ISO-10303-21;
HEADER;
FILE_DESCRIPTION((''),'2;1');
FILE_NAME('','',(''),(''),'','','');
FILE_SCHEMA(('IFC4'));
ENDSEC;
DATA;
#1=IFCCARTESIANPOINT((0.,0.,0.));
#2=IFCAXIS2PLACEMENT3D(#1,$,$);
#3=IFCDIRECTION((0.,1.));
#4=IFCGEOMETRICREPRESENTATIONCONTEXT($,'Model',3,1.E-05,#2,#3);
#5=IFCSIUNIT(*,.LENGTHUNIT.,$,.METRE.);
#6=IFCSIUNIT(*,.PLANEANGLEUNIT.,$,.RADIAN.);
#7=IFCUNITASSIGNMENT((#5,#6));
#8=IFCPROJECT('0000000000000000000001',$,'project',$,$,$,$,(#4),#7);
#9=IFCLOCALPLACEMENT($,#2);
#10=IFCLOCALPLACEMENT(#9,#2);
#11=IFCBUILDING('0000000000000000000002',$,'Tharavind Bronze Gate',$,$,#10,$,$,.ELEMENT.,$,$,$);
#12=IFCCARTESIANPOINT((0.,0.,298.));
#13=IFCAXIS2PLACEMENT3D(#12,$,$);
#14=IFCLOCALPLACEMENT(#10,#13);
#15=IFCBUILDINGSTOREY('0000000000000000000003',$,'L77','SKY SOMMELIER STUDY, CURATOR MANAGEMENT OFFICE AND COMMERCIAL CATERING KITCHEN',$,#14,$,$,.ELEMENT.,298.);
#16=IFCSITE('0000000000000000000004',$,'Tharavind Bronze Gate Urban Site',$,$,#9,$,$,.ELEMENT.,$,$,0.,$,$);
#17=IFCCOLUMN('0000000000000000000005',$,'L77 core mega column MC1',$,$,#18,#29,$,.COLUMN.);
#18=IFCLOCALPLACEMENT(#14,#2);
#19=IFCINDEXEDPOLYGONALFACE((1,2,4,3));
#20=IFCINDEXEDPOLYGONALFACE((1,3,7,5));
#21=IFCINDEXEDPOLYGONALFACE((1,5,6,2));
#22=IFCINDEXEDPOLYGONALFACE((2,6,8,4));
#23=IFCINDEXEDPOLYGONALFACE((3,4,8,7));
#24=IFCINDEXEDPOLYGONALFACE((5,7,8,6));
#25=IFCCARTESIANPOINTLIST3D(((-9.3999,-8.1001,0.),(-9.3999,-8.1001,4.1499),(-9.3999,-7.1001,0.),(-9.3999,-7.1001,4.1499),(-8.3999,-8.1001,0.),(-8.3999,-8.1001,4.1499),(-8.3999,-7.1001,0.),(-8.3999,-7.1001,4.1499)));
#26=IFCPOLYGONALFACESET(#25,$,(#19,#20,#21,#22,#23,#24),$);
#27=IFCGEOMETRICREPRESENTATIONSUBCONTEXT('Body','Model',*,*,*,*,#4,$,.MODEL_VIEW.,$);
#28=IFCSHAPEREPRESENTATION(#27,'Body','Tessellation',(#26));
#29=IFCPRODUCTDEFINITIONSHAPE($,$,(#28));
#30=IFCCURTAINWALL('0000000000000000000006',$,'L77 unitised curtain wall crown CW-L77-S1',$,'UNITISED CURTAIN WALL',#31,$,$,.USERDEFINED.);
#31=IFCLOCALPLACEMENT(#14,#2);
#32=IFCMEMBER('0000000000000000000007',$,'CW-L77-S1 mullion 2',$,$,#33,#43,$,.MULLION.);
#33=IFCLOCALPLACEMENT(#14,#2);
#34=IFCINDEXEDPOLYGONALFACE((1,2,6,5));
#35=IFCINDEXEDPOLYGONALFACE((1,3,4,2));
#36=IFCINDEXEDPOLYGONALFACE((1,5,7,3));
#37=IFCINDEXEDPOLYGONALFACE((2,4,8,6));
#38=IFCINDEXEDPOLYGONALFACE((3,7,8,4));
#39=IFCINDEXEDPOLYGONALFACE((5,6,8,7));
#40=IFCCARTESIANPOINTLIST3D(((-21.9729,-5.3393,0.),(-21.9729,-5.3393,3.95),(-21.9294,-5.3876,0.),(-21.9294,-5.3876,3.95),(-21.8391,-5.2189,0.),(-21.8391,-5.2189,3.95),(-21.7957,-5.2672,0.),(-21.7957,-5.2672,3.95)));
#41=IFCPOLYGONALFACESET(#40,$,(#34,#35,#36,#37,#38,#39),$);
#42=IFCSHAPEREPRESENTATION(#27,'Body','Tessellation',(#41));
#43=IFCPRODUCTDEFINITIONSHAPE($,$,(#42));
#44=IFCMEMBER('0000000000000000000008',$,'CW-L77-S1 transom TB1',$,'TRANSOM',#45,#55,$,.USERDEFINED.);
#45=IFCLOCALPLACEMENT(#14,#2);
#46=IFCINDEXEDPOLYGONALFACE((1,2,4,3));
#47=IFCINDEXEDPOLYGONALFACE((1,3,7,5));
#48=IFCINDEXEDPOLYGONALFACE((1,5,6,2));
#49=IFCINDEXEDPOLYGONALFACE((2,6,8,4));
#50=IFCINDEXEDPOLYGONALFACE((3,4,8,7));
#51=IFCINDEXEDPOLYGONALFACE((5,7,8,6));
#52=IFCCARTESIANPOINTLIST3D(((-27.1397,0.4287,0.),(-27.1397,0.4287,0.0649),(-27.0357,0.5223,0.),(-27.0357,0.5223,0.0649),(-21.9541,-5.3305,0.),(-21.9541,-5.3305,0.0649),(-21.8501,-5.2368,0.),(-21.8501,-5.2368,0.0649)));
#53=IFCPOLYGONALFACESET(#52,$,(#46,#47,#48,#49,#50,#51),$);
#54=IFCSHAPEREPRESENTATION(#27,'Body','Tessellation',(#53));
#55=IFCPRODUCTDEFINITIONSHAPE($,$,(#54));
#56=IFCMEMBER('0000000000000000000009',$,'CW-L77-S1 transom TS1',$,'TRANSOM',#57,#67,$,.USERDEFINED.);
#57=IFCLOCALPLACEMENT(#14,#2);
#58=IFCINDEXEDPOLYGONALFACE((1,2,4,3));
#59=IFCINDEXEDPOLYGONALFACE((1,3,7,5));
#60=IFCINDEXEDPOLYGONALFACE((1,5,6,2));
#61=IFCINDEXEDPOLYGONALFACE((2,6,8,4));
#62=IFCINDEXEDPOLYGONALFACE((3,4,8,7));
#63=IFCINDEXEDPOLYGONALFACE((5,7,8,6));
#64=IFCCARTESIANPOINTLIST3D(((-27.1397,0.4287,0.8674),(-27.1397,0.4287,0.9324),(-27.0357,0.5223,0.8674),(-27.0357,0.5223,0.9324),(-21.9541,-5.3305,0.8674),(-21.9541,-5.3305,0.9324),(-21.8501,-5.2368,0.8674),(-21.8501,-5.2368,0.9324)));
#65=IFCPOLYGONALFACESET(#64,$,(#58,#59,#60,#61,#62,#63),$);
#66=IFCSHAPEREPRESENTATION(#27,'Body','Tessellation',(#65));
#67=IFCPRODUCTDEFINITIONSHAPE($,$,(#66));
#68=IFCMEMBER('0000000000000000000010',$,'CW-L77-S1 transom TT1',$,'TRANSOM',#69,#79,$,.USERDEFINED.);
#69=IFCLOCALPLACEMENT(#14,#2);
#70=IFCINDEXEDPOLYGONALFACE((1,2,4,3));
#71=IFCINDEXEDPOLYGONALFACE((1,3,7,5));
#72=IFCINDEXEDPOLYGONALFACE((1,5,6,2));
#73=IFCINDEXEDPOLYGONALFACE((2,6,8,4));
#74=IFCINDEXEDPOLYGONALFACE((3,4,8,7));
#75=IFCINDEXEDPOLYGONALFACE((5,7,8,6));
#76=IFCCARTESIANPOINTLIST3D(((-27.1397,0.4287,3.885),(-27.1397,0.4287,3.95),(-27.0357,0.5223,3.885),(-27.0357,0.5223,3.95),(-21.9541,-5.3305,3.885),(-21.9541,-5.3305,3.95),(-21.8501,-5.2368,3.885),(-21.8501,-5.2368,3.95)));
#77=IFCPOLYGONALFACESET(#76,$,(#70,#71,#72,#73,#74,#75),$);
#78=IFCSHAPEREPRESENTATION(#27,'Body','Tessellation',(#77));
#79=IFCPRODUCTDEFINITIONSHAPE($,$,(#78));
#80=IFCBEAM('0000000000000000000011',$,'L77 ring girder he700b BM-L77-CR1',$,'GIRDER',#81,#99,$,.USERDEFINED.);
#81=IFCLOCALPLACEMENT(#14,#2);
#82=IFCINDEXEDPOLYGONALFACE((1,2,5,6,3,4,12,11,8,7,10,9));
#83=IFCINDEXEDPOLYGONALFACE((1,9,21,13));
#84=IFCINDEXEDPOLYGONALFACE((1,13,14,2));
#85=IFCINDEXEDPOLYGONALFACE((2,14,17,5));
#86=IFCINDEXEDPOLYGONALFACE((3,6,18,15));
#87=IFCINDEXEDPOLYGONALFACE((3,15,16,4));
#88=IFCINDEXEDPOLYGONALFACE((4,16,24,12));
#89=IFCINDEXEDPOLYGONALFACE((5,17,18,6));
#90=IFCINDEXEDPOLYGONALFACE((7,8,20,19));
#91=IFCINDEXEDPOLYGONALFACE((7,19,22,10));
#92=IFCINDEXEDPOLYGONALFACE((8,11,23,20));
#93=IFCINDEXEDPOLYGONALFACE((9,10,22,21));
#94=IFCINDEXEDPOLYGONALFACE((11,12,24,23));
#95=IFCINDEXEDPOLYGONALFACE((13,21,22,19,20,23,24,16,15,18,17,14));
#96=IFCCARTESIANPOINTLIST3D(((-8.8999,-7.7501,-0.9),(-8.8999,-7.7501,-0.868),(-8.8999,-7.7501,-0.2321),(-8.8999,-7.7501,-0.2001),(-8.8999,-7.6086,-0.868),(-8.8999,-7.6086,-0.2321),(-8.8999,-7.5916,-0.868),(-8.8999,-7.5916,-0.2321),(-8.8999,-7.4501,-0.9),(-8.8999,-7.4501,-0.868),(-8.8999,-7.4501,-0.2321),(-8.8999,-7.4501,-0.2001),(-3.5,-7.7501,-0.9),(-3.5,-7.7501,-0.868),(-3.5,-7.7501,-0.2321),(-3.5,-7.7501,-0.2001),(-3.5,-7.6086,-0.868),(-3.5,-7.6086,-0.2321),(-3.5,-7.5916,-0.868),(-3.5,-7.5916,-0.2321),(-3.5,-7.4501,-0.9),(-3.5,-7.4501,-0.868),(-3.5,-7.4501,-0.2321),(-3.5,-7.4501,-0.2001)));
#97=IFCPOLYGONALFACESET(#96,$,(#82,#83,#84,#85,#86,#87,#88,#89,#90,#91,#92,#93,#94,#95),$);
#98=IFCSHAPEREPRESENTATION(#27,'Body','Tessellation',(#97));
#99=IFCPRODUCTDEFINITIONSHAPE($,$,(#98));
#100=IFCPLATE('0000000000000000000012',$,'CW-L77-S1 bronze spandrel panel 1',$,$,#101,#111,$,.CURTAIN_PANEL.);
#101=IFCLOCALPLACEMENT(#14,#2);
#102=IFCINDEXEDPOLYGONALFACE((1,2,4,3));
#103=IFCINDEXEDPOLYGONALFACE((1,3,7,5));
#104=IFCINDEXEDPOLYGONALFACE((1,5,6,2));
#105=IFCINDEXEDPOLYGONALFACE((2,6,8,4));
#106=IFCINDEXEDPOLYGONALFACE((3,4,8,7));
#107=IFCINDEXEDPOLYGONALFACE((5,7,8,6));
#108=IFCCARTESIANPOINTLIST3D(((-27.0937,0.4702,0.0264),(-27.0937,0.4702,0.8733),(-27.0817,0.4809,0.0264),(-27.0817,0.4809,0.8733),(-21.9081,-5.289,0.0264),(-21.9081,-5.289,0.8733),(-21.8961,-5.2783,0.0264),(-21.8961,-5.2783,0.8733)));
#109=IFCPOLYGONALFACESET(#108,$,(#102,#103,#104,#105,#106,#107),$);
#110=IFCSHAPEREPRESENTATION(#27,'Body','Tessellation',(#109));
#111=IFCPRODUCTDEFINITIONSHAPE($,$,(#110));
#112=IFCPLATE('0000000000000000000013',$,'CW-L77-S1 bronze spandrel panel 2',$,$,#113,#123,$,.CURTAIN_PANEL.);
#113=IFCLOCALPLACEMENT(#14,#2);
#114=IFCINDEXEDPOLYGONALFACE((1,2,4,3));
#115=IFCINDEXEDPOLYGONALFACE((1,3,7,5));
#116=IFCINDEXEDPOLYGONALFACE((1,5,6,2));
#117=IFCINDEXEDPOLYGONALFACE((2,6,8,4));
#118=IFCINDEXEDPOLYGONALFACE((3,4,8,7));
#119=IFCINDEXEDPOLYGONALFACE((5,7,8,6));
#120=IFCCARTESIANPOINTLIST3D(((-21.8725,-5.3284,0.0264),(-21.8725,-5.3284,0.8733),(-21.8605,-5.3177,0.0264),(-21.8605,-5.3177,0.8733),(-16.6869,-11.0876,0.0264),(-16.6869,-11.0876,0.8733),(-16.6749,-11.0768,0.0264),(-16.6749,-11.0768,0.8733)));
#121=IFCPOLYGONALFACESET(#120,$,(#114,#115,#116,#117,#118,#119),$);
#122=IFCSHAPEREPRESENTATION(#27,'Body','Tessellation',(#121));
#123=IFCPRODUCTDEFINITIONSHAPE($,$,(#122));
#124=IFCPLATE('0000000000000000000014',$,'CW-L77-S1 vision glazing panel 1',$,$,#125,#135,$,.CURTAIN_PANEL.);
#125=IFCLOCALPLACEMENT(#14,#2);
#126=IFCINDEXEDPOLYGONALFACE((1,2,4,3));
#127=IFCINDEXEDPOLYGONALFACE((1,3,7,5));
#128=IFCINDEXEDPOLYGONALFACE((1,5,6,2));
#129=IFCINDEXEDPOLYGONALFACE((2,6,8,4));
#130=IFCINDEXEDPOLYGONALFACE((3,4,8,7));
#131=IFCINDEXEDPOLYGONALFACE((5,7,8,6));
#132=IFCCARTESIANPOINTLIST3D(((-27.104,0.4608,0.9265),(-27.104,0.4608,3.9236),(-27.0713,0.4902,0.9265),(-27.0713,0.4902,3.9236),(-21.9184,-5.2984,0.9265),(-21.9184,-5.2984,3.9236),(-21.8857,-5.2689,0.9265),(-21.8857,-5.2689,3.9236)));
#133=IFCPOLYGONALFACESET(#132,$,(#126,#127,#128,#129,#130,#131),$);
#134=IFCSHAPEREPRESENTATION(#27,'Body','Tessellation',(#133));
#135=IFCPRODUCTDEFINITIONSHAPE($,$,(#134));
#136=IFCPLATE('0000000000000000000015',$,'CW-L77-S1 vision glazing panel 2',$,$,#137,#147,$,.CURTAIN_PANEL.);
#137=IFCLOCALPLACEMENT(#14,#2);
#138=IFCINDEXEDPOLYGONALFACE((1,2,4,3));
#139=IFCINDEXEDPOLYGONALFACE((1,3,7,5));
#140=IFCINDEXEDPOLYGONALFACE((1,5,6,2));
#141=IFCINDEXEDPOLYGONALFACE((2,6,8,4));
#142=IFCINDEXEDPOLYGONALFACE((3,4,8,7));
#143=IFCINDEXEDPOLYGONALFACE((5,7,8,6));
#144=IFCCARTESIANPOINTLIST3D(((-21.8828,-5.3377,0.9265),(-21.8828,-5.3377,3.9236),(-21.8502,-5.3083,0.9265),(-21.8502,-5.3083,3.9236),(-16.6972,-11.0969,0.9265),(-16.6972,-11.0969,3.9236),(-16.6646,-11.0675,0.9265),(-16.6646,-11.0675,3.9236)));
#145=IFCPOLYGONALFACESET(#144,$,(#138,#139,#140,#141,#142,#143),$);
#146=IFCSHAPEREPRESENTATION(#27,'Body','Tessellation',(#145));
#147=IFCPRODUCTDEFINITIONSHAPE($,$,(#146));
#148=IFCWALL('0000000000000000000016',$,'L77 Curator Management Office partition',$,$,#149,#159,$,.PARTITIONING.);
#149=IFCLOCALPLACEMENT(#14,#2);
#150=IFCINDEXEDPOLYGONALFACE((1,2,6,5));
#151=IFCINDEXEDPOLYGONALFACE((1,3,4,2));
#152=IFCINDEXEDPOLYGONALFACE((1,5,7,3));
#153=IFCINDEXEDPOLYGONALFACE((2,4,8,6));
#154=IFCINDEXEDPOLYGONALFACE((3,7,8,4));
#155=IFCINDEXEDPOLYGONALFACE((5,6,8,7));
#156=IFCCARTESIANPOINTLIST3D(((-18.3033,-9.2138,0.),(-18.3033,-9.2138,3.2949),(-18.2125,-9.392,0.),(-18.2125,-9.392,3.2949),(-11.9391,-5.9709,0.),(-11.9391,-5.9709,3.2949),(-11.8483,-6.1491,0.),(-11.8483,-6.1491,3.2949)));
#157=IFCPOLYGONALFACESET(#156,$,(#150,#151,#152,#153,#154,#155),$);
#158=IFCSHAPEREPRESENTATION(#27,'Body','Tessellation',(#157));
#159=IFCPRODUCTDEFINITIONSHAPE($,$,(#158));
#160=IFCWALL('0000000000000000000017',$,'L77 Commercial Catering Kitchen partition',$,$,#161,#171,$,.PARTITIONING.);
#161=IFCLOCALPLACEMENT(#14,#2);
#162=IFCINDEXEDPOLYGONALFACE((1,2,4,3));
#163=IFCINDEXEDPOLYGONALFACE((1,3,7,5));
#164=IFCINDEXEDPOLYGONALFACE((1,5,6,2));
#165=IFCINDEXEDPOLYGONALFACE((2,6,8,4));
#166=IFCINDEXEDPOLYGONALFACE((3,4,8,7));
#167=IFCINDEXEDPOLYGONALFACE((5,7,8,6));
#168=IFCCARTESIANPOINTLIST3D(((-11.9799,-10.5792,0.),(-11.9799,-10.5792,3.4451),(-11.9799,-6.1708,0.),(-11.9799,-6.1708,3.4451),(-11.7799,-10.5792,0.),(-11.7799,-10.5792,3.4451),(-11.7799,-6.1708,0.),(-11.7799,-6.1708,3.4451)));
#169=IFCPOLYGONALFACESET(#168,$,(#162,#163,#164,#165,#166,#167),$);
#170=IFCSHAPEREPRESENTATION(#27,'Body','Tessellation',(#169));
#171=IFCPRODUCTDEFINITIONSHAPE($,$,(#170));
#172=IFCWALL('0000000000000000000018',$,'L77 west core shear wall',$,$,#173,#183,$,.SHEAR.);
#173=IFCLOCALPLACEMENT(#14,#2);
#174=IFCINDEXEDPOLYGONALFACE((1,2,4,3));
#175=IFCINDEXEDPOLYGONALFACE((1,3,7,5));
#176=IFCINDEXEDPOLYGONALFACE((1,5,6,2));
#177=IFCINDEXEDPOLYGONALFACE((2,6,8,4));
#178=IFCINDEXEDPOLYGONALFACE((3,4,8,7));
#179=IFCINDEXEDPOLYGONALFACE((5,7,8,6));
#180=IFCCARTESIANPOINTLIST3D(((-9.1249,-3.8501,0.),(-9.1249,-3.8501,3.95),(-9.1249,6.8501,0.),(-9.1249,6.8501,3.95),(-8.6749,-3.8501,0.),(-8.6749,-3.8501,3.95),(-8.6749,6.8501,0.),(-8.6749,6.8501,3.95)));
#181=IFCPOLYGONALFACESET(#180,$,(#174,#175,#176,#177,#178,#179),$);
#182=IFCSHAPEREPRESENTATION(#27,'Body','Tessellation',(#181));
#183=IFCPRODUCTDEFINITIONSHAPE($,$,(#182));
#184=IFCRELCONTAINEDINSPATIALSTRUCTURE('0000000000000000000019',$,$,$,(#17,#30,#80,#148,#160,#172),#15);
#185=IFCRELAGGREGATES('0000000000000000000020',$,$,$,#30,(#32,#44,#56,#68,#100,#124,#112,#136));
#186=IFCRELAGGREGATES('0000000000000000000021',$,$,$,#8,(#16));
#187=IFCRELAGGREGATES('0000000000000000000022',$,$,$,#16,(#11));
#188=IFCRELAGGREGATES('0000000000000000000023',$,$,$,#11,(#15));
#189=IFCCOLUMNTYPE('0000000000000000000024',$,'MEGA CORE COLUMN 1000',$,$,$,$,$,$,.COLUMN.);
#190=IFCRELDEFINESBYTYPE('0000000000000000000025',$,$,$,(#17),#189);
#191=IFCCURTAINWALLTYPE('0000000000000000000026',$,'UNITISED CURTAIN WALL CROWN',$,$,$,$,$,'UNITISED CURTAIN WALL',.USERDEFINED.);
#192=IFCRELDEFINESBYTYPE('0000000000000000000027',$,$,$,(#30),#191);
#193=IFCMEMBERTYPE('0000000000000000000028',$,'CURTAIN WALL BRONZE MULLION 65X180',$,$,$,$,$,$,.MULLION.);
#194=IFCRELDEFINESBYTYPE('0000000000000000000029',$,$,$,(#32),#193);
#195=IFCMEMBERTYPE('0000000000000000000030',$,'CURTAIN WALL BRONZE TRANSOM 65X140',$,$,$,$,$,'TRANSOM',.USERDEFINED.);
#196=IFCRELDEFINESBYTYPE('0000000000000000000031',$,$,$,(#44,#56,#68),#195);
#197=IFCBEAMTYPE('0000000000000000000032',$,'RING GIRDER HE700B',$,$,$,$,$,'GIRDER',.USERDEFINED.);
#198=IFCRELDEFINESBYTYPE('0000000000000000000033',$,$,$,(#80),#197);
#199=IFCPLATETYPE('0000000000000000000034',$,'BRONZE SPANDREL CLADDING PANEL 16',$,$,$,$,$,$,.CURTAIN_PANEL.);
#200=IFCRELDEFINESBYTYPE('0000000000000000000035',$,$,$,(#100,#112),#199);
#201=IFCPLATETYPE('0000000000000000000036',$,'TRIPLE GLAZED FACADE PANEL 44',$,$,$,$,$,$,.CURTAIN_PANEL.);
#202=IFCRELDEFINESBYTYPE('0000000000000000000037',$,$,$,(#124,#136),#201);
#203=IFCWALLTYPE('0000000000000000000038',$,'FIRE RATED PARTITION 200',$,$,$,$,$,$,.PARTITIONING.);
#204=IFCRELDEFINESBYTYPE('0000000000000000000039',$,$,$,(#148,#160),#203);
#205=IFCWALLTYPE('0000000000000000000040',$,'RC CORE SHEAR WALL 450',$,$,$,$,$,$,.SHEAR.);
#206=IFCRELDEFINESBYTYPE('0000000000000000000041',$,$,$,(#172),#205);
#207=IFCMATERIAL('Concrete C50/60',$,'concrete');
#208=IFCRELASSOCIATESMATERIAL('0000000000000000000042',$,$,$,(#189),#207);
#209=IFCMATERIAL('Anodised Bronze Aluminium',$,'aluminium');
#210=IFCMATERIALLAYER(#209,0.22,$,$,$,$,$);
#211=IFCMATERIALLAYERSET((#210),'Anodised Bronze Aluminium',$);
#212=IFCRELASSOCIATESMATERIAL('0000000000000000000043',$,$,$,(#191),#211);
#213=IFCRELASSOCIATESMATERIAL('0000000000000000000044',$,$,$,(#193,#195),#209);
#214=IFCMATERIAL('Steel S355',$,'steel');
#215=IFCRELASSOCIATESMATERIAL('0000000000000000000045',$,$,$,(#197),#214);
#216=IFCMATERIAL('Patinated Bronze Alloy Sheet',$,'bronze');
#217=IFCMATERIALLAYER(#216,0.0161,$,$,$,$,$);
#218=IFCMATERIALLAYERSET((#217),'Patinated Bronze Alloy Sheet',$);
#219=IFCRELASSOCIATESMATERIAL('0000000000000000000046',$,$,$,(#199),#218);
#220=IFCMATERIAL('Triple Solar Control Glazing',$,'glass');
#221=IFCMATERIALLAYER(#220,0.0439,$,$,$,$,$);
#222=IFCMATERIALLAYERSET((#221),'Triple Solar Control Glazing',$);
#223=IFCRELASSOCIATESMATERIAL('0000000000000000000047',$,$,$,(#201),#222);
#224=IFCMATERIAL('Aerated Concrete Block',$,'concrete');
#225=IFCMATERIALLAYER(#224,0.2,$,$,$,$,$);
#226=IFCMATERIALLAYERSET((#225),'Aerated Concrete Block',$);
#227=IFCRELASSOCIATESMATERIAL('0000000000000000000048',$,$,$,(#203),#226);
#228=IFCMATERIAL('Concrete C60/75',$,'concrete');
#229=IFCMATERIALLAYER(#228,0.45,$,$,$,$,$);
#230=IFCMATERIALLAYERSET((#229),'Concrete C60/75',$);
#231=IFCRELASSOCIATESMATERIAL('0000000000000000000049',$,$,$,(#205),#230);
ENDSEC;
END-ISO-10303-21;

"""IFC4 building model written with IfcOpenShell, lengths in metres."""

from ifc_helpers import new_model, si_unit, direction, frame, frame_2d, origin, origin_2d, place, context, subcontext, project, spatial, rectangle, i_section, extrude, material, layer, layer_set, material_profile, profile_set, type_object, element, aggregate, save


model = new_model("IFC4")

# Units and contexts
model_context = context("Model", 3, precision=1e-05, world=origin(), true_north=direction((0.0, 1.0)))
body_context = subcontext(model_context, "Body", "Model", "MODEL_VIEW")
ifc_project = project(units=[si_unit("LENGTHUNIT", "METRE"), si_unit("PLANEANGLEUNIT", "RADIAN")], contexts=[model_context])

# Site, building, storey
site_placement = place(None, origin())
site = spatial("IfcSite", under=ifc_project, at=site_placement, Name="Tharavind Bronze Gate Urban Site", CompositionType="ELEMENT", RefElevation=0.0)
building_placement = place(site_placement, origin())
building = spatial("IfcBuilding", under=site, at=building_placement, Name="Tharavind Bronze Gate", CompositionType="ELEMENT")
storey_placement = place(building_placement, frame((0.0, 0.0, 298.0)))
storey = spatial("IfcBuildingStorey", under=building, at=storey_placement, Name="L77", Description="SKY SOMMELIER STUDY, CURATOR MANAGEMENT OFFICE AND COMMERCIAL CATERING KITCHEN", CompositionType="ELEMENT", Elevation=298.0)

# Column
ifc_material_1 = material(Name="Concrete C50/60", Category="concrete")
ifc_material_profile_1 = material_profile(ifc_material_1, rectangle(XDim=1.0, YDim=1.0, at=origin_2d()), Name="RCCOL1000")
ifc_profile_set_1 = profile_set([ifc_material_profile_1], Name="Concrete C50/60")
column_type = type_object("IfcColumnType", Name="MEGA CORE COLUMN 1000", PredefinedType="COLUMN", material=ifc_profile_set_1)
column_placement = place(storey_placement, frame((-8.8999, -7.6001, 0.0), z_axis=(0.0, 0.0, 1.0), x_axis=(1.0, 0.0, 0.0)))
element("IfcColumn", 1, at=column_placement, inside=storey, type_object=column_type, Name="L77 core mega column MC1", PredefinedType="COLUMN", context=body_context, shape_type="SweptSolid", body=[
    extrude(rectangle(XDim=1.0, YDim=1.0, at=origin_2d()), origin(), (0.0, 0.0, 1.0), 4.1499),
])

# Curtain wall, members
ifc_material_2 = material(Name="Anodised Bronze Aluminium", Category="aluminium")
ifc_layer_1 = layer(ifc_material_2, 0.22)
ifc_layer_set_1 = layer_set([ifc_layer_1], Name="Anodised Bronze Aluminium")
curtain_wall_type = type_object("IfcCurtainWallType", Name="UNITISED CURTAIN WALL CROWN", ElementType="UNITISED CURTAIN WALL", PredefinedType="USERDEFINED", material=ifc_layer_set_1)
curtain_wall_placement = place(storey_placement, origin())
curtain_wall = element("IfcCurtainWall", 2, at=curtain_wall_placement, inside=storey, type_object=curtain_wall_type, Name="L77 unitised curtain wall crown CW-L77-S1", ObjectType="UNITISED CURTAIN WALL", PredefinedType="USERDEFINED")
member_type_1 = type_object("IfcMemberType", Name="CURTAIN WALL BRONZE MULLION 65X180", PredefinedType="MULLION", material=ifc_material_2)
member_1_placement = place(storey_placement, frame((-21.8843, -5.3032, 0.0), z_axis=(0.0, 0.0, 1.0), x_axis=(0.669131, -0.743145, 0.0)))
member_1 = element("IfcMember", 3, at=member_1_placement, type_object=member_type_1, Name="CW-L77-S1 mullion 2", PredefinedType="MULLION", context=body_context, shape_type="SweptSolid", body=[
    extrude(rectangle(XDim=0.0649, YDim=0.1799, at=origin_2d()), origin(), (0.0, 0.0, 1.0), 3.95),
])
member_type_2 = type_object("IfcMemberType", Name="CURTAIN WALL BRONZE TRANSOM 65X140", ElementType="TRANSOM", PredefinedType="USERDEFINED", material=ifc_material_2)
member_2_placement = place(storey_placement, frame((-24.4949, -2.4041, 0.0), z_axis=(0.0, 0.0, 1.0), x_axis=(0.669131, -0.743145, 0.0)))
member_2 = element("IfcMember", 4, at=member_2_placement, type_object=member_type_2, Name="CW-L77-S1 transom TB1", ObjectType="TRANSOM", PredefinedType="USERDEFINED", context=body_context, shape_type="SweptSolid", body=[
    extrude(rectangle(XDim=7.7498, YDim=0.1399, at=origin_2d()), origin(), (0.0, 0.0, 1.0), 0.0649),
])
member_3_placement = place(storey_placement, frame((-24.4949, -2.4041, 0.8674), z_axis=(0.0, 0.0, 1.0), x_axis=(0.669131, -0.743145, 0.0)))
member_3 = element("IfcMember", 5, at=member_3_placement, type_object=member_type_2, Name="CW-L77-S1 transom TS1", ObjectType="TRANSOM", PredefinedType="USERDEFINED", context=body_context, shape_type="SweptSolid", body=[
    extrude(rectangle(XDim=7.7498, YDim=0.1399, at=origin_2d()), origin(), (0.0, 0.0, 1.0), 0.0649),
])
member_4_placement = place(storey_placement, frame((-24.4949, -2.4041, 3.885), z_axis=(0.0, 0.0, 1.0), x_axis=(0.669131, -0.743145, 0.0)))
member_4 = element("IfcMember", 6, at=member_4_placement, type_object=member_type_2, Name="CW-L77-S1 transom TT1", ObjectType="TRANSOM", PredefinedType="USERDEFINED", context=body_context, shape_type="SweptSolid", body=[
    extrude(rectangle(XDim=7.7498, YDim=0.1399, at=origin_2d()), origin(), (0.0, 0.0, 1.0), 0.0649),
])

# Beam
ifc_material_3 = material(Name="Steel S355", Category="steel")
ifc_material_profile_2 = material_profile(ifc_material_3, i_section(OverallWidth=0.3, OverallDepth=0.7, WebThickness=0.0171, FlangeThickness=0.032, at=origin_2d()), Name="HE700B")
ifc_profile_set_2 = profile_set([ifc_material_profile_2], Name="Steel S355")
beam_type = type_object("IfcBeamType", Name="RING GIRDER HE700B", ElementType="GIRDER", PredefinedType="USERDEFINED", material=ifc_profile_set_2)
beam_placement = place(storey_placement, frame((-8.8999, -7.6001, -0.55), z_axis=(1.0, 0.0, 0.0), x_axis=(0.0, 1.0, 0.0)))
element("IfcBeam", 7, at=beam_placement, inside=storey, type_object=beam_type, Name="L77 ring girder he700b BM-L77-CR1", ObjectType="GIRDER", PredefinedType="USERDEFINED", context=body_context, shape_type="SweptSolid", body=[
    extrude(i_section(OverallWidth=0.3, OverallDepth=0.7, WebThickness=0.0171, FlangeThickness=0.032, at=origin_2d()), origin(), (0.0, 0.0, 1.0), 5.3999),
])

# Plates
ifc_material_4 = material(Name="Patinated Bronze Alloy Sheet", Category="bronze")
ifc_layer_2 = layer(ifc_material_4, 0.0161)
ifc_layer_set_2 = layer_set([ifc_layer_2], Name="Patinated Bronze Alloy Sheet")
plate_type_1 = type_object("IfcPlateType", Name="BRONZE SPANDREL CLADDING PANEL 16", PredefinedType="CURTAIN_PANEL", material=ifc_layer_set_2)
plate_1_placement = place(storey_placement, frame((-24.4949, -2.4041, 0.0264), z_axis=(0.0, 0.0, 1.0), x_axis=(0.669131, -0.743145, 0.0)))
plate_1 = element("IfcPlate", 8, at=plate_1_placement, type_object=plate_type_1, Name="CW-L77-S1 bronze spandrel panel 1", PredefinedType="CURTAIN_PANEL", context=body_context, shape_type="SweptSolid", body=[
    extrude(rectangle(XDim=7.7498, YDim=0.0161, at=origin_2d()), origin(), (0.0, 0.0, 1.0), 0.8469),
])
plate_2_placement = place(storey_placement, frame((-19.2737, -8.2026, 0.0264), z_axis=(0.0, 0.0, 1.0), x_axis=(0.669131, -0.743145, 0.0)))
plate_2 = element("IfcPlate", 9, at=plate_2_placement, type_object=plate_type_1, Name="CW-L77-S1 bronze spandrel panel 2", PredefinedType="CURTAIN_PANEL", context=body_context, shape_type="SweptSolid", body=[
    extrude(rectangle(XDim=7.7498, YDim=0.0161, at=origin_2d()), origin(), (0.0, 0.0, 1.0), 0.8469),
])
ifc_material_5 = material(Name="Triple Solar Control Glazing", Category="glass")
ifc_layer_3 = layer(ifc_material_5, 0.0439)
ifc_layer_set_3 = layer_set([ifc_layer_3], Name="Triple Solar Control Glazing")
plate_type_2 = type_object("IfcPlateType", Name="TRIPLE GLAZED FACADE PANEL 44", PredefinedType="CURTAIN_PANEL", material=ifc_layer_set_3)
plate_3_placement = place(storey_placement, frame((-24.4949, -2.4041, 0.9265), z_axis=(0.0, 0.0, 1.0), x_axis=(0.669131, -0.743145, 0.0)))
plate_3 = element("IfcPlate", 10, at=plate_3_placement, type_object=plate_type_2, Name="CW-L77-S1 vision glazing panel 1", PredefinedType="CURTAIN_PANEL", context=body_context, shape_type="SweptSolid", body=[
    extrude(rectangle(XDim=7.7498, YDim=0.0439, at=origin_2d()), origin(), (0.0, 0.0, 1.0), 2.9971),
])
plate_4_placement = place(storey_placement, frame((-19.2737, -8.2026, 0.9265), z_axis=(0.0, 0.0, 1.0), x_axis=(0.669131, -0.743145, 0.0)))
plate_4 = element("IfcPlate", 11, at=plate_4_placement, type_object=plate_type_2, Name="CW-L77-S1 vision glazing panel 2", PredefinedType="CURTAIN_PANEL", context=body_context, shape_type="SweptSolid", body=[
    extrude(rectangle(XDim=7.7498, YDim=0.0439, at=origin_2d()), origin(), (0.0, 0.0, 1.0), 2.9971),
])
aggregate(curtain_wall, [member_1, member_2, member_3, member_4, plate_1, plate_3, plate_2, plate_4])

# Walls
ifc_material_6 = material(Name="Aerated Concrete Block", Category="concrete")
ifc_layer_4 = layer(ifc_material_6, 0.2)
ifc_layer_set_4 = layer_set([ifc_layer_4], Name="Aerated Concrete Block")
wall_type_1 = type_object("IfcWallType", Name="FIRE RATED PARTITION 200", PredefinedType="PARTITIONING", material=ifc_layer_set_4)
wall_1_placement = place(storey_placement, frame((-11.8938, -6.0601, 0.0), z_axis=(0.0, 0.0, 1.0), x_axis=(-0.890997, -0.454009, 0.0)))
element("IfcWall", 12, at=wall_1_placement, inside=storey, type_object=wall_type_1, Name="L77 Curator Management Office partition", PredefinedType="PARTITIONING", context=body_context, shape_type="SweptSolid", body=[
    extrude(rectangle(XDim=7.1428, YDim=0.2, at=frame_2d((3.5713, 0.0))), origin(), (0.0, 0.0, 1.0), 3.2949),
])
wall_2_placement = place(storey_placement, frame((-11.8799, -6.1709, 0.0), z_axis=(0.0, 0.0, 1.0), x_axis=(0.0, -1.0, 0.0)))
element("IfcWall", 13, at=wall_2_placement, inside=storey, type_object=wall_type_1, Name="L77 Commercial Catering Kitchen partition", PredefinedType="PARTITIONING", context=body_context, shape_type="SweptSolid", body=[
    extrude(rectangle(XDim=4.4084, YDim=0.2, at=frame_2d((2.2041, 0.0))), origin(), (0.0, 0.0, 1.0), 3.4451),
])

# Wall
ifc_material_7 = material(Name="Concrete C60/75", Category="concrete")
ifc_layer_5 = layer(ifc_material_7, 0.45)
ifc_layer_set_5 = layer_set([ifc_layer_5], Name="Concrete C60/75")
wall_type_2 = type_object("IfcWallType", Name="RC CORE SHEAR WALL 450", PredefinedType="SHEAR", material=ifc_layer_set_5)
wall_3_placement = place(storey_placement, frame((-8.8999, -3.8501, 0.0), z_axis=(0.0, 0.0, 1.0), x_axis=(0.0, 1.0, 0.0)))
element("IfcWall", 14, at=wall_3_placement, inside=storey, type_object=wall_type_2, Name="L77 west core shear wall", PredefinedType="SHEAR", context=body_context, shape_type="SweptSolid", body=[
    extrude(rectangle(XDim=10.7002, YDim=0.45, at=frame_2d((5.3501, 0.0))), origin(), (0.0, 0.0, 1.0), 3.95),
])

save(model, "model.ifc")
